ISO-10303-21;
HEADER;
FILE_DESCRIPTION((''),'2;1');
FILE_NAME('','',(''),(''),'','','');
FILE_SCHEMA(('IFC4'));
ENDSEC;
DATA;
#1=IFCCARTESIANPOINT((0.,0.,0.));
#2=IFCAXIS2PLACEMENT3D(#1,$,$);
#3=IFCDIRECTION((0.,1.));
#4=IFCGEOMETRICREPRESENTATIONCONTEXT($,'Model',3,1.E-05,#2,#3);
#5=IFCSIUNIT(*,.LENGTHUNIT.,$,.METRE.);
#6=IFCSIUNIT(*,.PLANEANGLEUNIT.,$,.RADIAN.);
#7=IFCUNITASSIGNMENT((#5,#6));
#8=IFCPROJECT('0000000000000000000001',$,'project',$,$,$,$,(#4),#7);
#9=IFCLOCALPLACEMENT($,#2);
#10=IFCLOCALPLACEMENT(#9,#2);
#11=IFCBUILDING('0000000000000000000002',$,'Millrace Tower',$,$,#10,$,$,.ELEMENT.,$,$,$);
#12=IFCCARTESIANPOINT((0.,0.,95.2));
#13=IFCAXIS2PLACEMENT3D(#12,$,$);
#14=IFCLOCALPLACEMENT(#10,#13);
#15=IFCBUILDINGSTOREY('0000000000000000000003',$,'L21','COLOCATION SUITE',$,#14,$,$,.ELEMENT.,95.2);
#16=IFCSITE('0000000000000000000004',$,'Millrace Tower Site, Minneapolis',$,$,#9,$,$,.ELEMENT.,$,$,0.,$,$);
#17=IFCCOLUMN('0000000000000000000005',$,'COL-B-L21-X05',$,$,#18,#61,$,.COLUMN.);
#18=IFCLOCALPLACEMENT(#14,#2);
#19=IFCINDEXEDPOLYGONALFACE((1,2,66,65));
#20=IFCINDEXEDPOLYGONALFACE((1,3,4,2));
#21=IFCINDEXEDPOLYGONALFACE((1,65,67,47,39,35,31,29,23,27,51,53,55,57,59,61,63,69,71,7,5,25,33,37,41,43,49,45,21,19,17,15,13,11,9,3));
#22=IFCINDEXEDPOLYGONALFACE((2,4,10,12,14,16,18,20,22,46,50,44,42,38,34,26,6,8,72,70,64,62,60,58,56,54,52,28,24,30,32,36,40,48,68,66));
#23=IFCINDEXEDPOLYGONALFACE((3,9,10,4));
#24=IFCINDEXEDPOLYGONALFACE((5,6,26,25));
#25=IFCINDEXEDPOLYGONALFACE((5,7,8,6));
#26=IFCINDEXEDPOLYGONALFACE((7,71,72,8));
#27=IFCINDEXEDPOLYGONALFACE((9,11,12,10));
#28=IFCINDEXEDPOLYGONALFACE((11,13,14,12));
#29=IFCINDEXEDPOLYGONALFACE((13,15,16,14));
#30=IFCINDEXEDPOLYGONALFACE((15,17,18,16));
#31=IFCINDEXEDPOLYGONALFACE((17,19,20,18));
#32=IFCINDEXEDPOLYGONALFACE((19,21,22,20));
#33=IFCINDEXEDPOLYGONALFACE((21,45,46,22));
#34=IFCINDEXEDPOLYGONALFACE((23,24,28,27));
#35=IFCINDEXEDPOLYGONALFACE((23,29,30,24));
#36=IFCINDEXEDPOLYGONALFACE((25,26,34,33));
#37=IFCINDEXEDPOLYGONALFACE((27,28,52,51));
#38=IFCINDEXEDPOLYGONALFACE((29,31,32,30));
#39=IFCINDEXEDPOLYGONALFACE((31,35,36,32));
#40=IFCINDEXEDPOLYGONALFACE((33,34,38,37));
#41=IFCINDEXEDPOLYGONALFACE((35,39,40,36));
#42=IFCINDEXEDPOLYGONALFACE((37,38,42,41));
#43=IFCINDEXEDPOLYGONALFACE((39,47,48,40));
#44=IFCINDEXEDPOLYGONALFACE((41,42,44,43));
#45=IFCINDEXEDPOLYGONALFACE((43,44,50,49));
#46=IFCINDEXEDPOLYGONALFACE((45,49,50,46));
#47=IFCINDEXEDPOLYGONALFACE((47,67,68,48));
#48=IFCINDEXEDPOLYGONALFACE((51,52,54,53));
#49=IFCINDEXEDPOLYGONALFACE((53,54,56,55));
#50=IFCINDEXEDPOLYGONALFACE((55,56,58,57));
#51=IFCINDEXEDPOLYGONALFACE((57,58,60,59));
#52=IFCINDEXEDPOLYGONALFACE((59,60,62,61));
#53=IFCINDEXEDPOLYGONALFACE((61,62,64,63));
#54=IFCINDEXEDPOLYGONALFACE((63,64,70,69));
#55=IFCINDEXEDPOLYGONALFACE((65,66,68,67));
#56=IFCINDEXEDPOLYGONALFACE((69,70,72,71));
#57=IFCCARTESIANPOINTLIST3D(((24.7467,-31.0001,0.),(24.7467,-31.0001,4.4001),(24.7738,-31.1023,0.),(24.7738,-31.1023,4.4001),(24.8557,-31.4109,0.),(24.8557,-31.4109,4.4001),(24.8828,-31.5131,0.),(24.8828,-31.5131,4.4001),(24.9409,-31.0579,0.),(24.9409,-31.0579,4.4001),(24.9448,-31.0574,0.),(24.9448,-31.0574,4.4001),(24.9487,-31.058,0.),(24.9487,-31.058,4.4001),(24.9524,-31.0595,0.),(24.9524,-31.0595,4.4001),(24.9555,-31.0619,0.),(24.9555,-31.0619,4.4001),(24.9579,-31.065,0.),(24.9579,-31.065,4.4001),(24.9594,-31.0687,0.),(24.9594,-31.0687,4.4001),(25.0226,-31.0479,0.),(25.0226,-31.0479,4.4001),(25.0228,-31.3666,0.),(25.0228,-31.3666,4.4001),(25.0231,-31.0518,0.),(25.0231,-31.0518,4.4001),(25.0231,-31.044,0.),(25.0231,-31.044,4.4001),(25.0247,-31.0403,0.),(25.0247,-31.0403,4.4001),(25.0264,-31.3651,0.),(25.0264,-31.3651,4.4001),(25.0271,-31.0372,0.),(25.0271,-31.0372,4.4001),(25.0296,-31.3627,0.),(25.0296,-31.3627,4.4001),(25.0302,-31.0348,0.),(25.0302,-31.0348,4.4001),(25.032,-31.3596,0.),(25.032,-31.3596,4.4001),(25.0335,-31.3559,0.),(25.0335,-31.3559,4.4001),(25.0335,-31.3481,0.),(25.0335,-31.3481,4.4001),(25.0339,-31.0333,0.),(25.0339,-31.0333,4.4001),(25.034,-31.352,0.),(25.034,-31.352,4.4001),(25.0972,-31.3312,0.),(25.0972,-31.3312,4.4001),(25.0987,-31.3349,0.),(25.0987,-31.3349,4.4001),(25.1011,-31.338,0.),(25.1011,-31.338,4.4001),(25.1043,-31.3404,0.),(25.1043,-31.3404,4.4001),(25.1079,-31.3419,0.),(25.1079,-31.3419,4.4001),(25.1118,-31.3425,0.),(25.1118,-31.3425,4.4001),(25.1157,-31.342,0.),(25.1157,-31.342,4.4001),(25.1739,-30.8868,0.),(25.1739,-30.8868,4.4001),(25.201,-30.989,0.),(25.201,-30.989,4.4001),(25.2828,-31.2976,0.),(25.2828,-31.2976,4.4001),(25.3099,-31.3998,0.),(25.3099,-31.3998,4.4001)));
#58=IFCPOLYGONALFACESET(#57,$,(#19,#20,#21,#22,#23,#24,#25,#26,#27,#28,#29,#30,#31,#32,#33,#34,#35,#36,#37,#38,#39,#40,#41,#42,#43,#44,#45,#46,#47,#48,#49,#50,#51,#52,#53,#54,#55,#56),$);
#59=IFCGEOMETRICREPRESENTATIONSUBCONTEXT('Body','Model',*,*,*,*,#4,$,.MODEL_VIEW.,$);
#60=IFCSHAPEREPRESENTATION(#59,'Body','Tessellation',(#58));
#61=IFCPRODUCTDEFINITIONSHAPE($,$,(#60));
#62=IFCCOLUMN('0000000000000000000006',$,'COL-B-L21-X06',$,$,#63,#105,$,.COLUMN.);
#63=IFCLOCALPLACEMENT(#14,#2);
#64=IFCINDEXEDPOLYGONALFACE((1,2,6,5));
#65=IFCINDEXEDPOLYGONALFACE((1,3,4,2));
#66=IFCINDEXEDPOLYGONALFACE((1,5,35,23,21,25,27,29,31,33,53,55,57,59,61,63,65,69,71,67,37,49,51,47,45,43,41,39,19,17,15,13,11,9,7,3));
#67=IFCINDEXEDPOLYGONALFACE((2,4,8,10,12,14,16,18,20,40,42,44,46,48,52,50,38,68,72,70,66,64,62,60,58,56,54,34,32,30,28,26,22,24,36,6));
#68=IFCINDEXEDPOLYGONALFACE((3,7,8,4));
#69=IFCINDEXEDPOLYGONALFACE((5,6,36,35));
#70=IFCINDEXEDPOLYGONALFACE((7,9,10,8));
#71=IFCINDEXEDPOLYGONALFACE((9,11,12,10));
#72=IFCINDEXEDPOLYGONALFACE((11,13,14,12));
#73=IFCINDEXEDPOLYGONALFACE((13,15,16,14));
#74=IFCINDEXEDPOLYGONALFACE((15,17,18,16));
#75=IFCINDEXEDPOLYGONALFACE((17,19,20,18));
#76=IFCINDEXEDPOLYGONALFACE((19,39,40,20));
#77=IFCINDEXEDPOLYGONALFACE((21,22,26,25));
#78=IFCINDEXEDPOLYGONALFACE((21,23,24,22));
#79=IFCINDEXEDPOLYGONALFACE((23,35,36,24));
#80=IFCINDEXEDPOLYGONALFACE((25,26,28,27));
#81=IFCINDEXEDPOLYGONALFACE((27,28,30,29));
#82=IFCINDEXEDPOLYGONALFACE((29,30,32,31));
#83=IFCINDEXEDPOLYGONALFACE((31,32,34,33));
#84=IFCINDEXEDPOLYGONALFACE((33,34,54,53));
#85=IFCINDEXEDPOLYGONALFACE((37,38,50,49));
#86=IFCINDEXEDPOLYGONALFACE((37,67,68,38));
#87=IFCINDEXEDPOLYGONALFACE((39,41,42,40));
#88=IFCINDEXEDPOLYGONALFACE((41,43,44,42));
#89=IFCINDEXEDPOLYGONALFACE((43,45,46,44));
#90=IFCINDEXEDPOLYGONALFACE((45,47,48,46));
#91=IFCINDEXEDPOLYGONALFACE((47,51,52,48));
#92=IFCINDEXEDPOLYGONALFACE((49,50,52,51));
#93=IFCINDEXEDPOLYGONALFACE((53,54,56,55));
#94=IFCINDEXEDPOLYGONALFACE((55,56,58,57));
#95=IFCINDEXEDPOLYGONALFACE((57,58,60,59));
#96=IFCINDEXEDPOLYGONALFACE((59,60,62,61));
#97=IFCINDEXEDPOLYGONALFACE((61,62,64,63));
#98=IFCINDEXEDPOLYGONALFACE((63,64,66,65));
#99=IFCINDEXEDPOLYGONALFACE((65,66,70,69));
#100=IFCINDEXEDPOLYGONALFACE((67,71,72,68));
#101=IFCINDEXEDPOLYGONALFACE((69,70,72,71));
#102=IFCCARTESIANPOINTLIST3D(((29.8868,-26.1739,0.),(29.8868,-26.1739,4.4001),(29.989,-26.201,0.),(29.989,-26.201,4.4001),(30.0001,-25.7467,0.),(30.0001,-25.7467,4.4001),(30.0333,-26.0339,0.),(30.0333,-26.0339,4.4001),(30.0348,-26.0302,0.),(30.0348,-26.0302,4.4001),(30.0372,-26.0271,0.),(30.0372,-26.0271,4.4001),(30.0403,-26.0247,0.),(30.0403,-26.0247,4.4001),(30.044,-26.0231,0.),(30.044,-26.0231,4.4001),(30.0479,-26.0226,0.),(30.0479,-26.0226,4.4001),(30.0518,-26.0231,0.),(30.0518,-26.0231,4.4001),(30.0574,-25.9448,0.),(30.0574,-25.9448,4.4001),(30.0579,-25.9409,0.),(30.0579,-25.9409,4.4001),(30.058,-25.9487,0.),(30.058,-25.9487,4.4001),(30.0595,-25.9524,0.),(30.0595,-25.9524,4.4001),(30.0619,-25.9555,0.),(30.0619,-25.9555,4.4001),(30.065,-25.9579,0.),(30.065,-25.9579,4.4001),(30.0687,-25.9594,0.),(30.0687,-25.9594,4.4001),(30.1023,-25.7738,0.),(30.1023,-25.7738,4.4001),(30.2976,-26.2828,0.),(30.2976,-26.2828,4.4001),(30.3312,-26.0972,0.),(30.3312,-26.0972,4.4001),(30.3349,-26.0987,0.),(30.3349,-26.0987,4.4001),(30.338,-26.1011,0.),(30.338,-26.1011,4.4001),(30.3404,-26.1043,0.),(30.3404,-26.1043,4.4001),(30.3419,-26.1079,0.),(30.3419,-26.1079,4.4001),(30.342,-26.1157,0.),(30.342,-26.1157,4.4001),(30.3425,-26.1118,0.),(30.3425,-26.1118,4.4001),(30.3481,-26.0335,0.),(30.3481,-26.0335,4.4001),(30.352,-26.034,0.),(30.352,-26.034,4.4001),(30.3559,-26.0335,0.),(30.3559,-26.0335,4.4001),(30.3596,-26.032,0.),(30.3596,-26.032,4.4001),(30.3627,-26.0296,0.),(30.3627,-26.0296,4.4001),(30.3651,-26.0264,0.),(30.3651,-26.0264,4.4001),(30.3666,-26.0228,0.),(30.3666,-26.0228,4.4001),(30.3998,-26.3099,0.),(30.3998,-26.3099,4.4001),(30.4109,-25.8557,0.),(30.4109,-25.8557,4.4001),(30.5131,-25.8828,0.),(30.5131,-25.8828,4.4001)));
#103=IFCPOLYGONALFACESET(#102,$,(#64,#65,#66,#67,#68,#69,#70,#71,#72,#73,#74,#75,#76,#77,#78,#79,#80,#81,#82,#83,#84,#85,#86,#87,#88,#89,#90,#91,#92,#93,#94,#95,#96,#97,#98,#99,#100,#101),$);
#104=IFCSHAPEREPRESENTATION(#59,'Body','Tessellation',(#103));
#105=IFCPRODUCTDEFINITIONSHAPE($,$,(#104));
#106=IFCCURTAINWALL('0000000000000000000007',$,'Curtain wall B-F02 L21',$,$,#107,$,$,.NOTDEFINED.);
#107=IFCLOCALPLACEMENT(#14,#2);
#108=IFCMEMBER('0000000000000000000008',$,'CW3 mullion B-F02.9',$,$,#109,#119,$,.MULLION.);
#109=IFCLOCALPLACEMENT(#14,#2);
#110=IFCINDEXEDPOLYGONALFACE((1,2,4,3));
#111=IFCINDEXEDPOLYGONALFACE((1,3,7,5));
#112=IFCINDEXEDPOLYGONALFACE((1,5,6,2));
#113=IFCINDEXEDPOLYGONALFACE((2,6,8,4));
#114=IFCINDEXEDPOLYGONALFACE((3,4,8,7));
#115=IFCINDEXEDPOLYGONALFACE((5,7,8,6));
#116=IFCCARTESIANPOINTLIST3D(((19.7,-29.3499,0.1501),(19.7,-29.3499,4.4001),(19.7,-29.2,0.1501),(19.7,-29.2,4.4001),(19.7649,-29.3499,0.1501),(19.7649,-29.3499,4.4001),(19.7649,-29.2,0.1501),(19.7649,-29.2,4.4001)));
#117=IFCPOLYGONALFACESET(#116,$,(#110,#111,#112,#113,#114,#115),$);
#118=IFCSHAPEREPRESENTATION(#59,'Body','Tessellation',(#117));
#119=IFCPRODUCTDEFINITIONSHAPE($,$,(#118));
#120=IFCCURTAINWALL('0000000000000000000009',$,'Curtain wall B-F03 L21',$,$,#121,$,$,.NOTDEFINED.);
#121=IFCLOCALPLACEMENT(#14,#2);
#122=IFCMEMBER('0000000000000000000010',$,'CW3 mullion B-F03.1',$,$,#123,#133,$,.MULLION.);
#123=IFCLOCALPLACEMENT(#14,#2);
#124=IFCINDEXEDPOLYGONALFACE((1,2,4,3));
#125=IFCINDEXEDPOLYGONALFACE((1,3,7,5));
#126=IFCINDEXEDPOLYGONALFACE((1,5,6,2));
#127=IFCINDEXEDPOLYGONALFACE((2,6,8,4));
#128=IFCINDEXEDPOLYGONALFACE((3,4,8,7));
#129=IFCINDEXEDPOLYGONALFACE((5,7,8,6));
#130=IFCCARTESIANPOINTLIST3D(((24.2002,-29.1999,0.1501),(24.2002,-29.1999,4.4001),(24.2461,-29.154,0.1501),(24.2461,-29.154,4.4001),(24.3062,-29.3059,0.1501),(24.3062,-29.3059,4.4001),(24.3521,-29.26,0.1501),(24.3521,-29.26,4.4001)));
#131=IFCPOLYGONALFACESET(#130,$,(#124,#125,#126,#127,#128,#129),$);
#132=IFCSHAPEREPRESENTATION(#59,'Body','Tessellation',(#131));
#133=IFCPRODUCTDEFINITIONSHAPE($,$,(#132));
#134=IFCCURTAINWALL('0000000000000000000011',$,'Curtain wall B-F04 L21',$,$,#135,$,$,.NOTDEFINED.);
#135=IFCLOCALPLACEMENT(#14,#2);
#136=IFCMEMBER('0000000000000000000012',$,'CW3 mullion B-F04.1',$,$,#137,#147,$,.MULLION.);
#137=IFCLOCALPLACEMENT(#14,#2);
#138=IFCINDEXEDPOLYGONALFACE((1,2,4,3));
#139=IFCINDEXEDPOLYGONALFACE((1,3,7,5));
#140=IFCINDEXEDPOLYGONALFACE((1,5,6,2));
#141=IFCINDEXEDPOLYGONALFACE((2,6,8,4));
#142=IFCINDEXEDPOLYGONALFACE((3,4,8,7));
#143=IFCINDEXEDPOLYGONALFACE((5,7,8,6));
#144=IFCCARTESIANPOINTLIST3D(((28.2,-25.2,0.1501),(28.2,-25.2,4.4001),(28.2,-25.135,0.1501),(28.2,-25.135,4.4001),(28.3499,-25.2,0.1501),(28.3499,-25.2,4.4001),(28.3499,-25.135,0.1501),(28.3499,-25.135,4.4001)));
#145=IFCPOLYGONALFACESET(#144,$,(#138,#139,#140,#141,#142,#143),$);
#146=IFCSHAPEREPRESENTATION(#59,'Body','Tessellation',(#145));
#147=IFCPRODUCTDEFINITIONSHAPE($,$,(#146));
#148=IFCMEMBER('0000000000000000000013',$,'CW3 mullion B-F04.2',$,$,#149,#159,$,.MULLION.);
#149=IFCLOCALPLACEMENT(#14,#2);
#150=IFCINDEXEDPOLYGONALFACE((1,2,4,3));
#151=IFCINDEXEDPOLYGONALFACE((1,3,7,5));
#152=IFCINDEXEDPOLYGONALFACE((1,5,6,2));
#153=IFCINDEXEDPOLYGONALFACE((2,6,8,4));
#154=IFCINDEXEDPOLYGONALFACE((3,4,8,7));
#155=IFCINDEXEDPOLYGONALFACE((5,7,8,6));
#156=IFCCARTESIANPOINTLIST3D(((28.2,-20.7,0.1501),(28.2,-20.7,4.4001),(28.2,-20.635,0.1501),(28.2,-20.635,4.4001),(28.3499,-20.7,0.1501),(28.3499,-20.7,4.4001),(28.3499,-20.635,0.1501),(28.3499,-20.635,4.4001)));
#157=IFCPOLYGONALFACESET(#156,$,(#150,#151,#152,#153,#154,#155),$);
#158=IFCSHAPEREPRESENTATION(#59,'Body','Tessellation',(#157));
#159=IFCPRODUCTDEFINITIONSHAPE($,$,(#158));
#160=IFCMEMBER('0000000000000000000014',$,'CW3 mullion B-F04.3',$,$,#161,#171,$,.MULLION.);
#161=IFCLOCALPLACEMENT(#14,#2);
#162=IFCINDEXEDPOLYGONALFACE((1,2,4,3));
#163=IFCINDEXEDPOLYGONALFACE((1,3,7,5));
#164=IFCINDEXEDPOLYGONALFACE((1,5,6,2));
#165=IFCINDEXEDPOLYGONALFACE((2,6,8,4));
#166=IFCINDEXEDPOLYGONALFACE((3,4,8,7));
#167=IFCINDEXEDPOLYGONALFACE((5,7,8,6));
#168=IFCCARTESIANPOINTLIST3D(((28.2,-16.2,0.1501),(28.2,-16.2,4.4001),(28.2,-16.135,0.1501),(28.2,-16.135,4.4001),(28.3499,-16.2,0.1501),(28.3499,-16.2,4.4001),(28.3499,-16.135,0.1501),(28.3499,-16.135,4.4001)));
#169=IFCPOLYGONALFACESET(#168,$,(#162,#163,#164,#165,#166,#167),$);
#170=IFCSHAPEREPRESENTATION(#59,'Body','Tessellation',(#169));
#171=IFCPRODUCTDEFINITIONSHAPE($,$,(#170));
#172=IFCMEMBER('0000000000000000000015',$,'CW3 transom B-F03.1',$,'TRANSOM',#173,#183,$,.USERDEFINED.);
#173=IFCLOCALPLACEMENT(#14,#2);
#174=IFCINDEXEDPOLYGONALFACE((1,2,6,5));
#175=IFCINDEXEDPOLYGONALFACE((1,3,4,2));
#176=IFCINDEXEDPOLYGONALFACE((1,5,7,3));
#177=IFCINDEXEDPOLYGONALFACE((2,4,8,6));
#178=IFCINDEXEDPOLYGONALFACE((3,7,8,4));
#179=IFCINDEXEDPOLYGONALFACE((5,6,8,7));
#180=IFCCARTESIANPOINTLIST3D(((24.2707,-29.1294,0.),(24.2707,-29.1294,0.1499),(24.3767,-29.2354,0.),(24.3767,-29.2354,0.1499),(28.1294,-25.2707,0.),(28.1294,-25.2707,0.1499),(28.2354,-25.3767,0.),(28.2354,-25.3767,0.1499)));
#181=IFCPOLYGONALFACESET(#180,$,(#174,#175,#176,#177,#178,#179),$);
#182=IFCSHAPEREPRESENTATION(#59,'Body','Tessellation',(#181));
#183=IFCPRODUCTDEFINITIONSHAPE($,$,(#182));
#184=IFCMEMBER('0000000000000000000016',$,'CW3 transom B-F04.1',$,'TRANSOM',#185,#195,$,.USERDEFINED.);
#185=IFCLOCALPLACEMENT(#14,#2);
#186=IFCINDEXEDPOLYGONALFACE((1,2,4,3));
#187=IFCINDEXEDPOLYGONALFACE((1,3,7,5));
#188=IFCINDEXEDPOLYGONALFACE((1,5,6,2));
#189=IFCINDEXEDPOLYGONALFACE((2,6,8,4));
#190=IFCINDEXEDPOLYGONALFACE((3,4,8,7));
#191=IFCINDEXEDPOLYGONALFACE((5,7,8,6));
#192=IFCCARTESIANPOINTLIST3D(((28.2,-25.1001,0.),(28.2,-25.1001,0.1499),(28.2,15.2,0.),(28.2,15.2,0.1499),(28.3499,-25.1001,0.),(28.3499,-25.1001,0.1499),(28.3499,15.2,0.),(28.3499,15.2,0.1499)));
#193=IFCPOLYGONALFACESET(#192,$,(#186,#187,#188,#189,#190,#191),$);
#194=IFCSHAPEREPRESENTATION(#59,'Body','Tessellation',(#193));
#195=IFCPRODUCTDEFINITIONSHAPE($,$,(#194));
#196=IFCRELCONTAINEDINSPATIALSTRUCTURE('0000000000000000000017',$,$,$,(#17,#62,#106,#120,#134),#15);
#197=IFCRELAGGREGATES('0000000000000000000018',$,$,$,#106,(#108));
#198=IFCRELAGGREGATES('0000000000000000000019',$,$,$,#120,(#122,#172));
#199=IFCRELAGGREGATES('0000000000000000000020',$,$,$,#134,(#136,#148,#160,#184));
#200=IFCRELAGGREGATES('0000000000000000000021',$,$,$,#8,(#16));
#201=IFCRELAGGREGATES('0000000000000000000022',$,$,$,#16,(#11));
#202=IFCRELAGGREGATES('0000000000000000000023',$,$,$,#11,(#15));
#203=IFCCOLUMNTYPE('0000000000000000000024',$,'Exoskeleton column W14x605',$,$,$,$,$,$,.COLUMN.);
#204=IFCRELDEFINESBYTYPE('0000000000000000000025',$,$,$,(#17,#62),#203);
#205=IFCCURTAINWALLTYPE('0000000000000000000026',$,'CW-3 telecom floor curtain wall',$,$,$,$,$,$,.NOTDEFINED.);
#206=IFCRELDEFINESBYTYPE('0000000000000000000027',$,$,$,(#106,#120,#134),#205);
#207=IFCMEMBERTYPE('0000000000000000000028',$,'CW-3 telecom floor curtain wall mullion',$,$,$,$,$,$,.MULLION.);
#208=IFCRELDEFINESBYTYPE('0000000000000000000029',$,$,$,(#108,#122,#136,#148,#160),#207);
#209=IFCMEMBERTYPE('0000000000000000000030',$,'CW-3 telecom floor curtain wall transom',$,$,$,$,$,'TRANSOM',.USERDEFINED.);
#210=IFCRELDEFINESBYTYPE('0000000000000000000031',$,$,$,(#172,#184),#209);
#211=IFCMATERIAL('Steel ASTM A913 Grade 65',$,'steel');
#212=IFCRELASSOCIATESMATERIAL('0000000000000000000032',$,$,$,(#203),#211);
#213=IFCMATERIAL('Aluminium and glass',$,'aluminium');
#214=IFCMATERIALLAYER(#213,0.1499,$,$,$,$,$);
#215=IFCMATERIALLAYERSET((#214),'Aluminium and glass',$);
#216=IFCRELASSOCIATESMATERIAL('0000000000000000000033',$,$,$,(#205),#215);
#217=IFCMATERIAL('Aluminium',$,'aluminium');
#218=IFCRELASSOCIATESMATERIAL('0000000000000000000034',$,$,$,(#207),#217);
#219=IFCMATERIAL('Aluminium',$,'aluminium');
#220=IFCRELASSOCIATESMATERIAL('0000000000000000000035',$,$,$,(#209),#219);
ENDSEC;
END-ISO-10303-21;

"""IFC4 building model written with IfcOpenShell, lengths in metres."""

from ifc_helpers import new_model, si_unit, direction, frame, origin, origin_2d, place, context, subcontext, project, spatial, rectangle, i_section, extrude, material, layer, layer_set, material_profile, profile_set, type_object, element, aggregate, save


model = new_model("IFC4")

# Units and contexts
model_context = context("Model", 3, precision=1e-05, world=origin(), true_north=direction((0.0, 1.0)))
body_context = subcontext(model_context, "Body", "Model", "MODEL_VIEW")
ifc_project = project(units=[si_unit("LENGTHUNIT", "METRE"), si_unit("PLANEANGLEUNIT", "RADIAN")], contexts=[model_context])

# Site, building, storey
site_placement = place(None, origin())
site = spatial("IfcSite", under=ifc_project, at=site_placement, Name="Millrace Tower Site, Minneapolis", CompositionType="ELEMENT", RefElevation=0.0)
building_placement = place(site_placement, origin())
building = spatial("IfcBuilding", under=site, at=building_placement, Name="Millrace Tower", CompositionType="ELEMENT")
storey_placement = place(building_placement, frame((0.0, 0.0, 95.2)))
storey = spatial("IfcBuildingStorey", under=building, at=storey_placement, Name="L21", Description="COLOCATION SUITE", CompositionType="ELEMENT", Elevation=95.2)

# Columns
ifc_material_1 = material(Name="Steel ASTM A913 Grade 65", Category="steel")
ifc_material_profile_1 = material_profile(ifc_material_1, i_section(OverallWidth=0.4419, OverallDepth=0.5308, WebThickness=0.0659, FlangeThickness=0.1057, FilletRadius=0.0151, at=origin_2d()))
ifc_profile_set_1 = profile_set([ifc_material_profile_1], Name="Steel ASTM A913 Grade 65")
column_type = type_object("IfcColumnType", Name="Exoskeleton column W14x605", PredefinedType="COLUMN", material=ifc_profile_set_1)
for number, where, z_axis, x_axis, name in (
    (1, (25.0283, -31.2, 0.0), (0.0, 0.0, 1.0), (0.966585, 0.256347, 0.0), "COL-B-L21-X05"),
    (2, (30.2, -26.0283, 0.0), (0.0, 0.0, 1.0), (0.256347, 0.966585, 0.0), "COL-B-L21-X06"),
):
    element("IfcColumn", number, at=place(storey_placement, frame(where, z_axis=z_axis, x_axis=x_axis)), inside=storey, type_object=column_type, Name=name, PredefinedType="COLUMN", context=body_context, shape_type="SweptSolid", body=[
        extrude(i_section(OverallWidth=0.4419, OverallDepth=0.5308, WebThickness=0.0659, FlangeThickness=0.1057, FilletRadius=0.0151, at=origin_2d()), origin(), (0.0, 0.0, 1.0), 4.4001),
    ])

# Curtain walls, members
ifc_material_2 = material(Name="Aluminium and glass", Category="aluminium")
ifc_layer_1 = layer(ifc_material_2, 0.1499)
ifc_layer_set_1 = layer_set([ifc_layer_1], Name="Aluminium and glass")
curtain_wall_type = type_object("IfcCurtainWallType", Name="CW-3 telecom floor curtain wall", PredefinedType="NOTDEFINED", material=ifc_layer_set_1)
placement = place(storey_placement, origin())
curtain_wall_1 = element("IfcCurtainWall", 3, at=placement, inside=storey, type_object=curtain_wall_type, Name="Curtain wall B-F02 L21", PredefinedType="NOTDEFINED")
ifc_material_3 = material(Name="Aluminium", Category="aluminium")
ifc_material_profile_2 = material_profile(ifc_material_3, rectangle(XDim=0.0649, YDim=0.1499, at=origin_2d()))
ifc_profile_set_2 = profile_set([ifc_material_profile_2], Name="Aluminium")
member_type_1 = type_object("IfcMemberType", Name="CW-3 telecom floor curtain wall mullion", PredefinedType="MULLION", material=ifc_profile_set_2)
member_1_placement = place(storey_placement, frame((19.7324, -29.2749, 0.1501), z_axis=(0.0, 0.0, 1.0), x_axis=(1.0, 0.0, 0.0)))
member_1 = element("IfcMember", 4, at=member_1_placement, type_object=member_type_1, Name="CW3 mullion B-F02.9", PredefinedType="MULLION", context=body_context, shape_type="SweptSolid", body=[
    extrude(rectangle(XDim=0.0649, YDim=0.1499, at=origin_2d()), origin(), (0.0, 0.0, 1.0), 4.25),
])
aggregate(curtain_wall_1, [member_1])
curtain_wall_2 = element("IfcCurtainWall", 5, at=placement, inside=storey, type_object=curtain_wall_type, Name="Curtain wall B-F03 L21", PredefinedType="NOTDEFINED")
member_2_placement = place(storey_placement, frame((24.2761, -29.23, 0.1501), z_axis=(0.0, 0.0, 1.0), x_axis=(0.707107, 0.707107, 0.0)))
member_2 = element("IfcMember", 6, at=member_2_placement, type_object=member_type_1, Name="CW3 mullion B-F03.1", PredefinedType="MULLION", context=body_context, shape_type="SweptSolid", body=[
    extrude(rectangle(XDim=0.0649, YDim=0.1499, at=origin_2d()), origin(), (0.0, 0.0, 1.0), 4.25),
])

# Curtain wall, members
curtain_wall_3 = element("IfcCurtainWall", 7, at=placement, inside=storey, type_object=curtain_wall_type, Name="Curtain wall B-F04 L21", PredefinedType="NOTDEFINED")
member_3_placement = place(storey_placement, frame((28.2749, -25.1675, 0.1501), z_axis=(0.0, 0.0, 1.0), x_axis=(0.0, 1.0, 0.0)))
member_3 = element("IfcMember", 8, at=member_3_placement, type_object=member_type_1, Name="CW3 mullion B-F04.1", PredefinedType="MULLION", context=body_context, shape_type="SweptSolid", body=[
    extrude(rectangle(XDim=0.0649, YDim=0.1499, at=origin_2d()), origin(), (0.0, 0.0, 1.0), 4.25),
])
member_4_placement = place(storey_placement, frame((28.2749, -20.6675, 0.1501), z_axis=(0.0, 0.0, 1.0), x_axis=(0.0, 1.0, 0.0)))
member_4 = element("IfcMember", 9, at=member_4_placement, type_object=member_type_1, Name="CW3 mullion B-F04.2", PredefinedType="MULLION", context=body_context, shape_type="SweptSolid", body=[
    extrude(rectangle(XDim=0.0649, YDim=0.1499, at=origin_2d()), origin(), (0.0, 0.0, 1.0), 4.25),
])
member_5_placement = place(storey_placement, frame((28.2749, -16.1675, 0.1501), z_axis=(0.0, 0.0, 1.0), x_axis=(0.0, 1.0, 0.0)))
member_5 = element("IfcMember", 10, at=member_5_placement, type_object=member_type_1, Name="CW3 mullion B-F04.3", PredefinedType="MULLION", context=body_context, shape_type="SweptSolid", body=[
    extrude(rectangle(XDim=0.0649, YDim=0.1499, at=origin_2d()), origin(), (0.0, 0.0, 1.0), 4.25),
])

# Members
ifc_material_4 = material(Name="Aluminium", Category="aluminium")
ifc_material_profile_3 = material_profile(ifc_material_4, rectangle(XDim=0.1499, YDim=0.1499, at=origin_2d()))
ifc_profile_set_3 = profile_set([ifc_material_profile_3], Name="Aluminium")
member_type_2 = type_object("IfcMemberType", Name="CW-3 telecom floor curtain wall transom", ElementType="TRANSOM", PredefinedType="USERDEFINED", material=ifc_profile_set_3)
member_6_placement = place(storey_placement, frame((24.3237, -29.1824, 0.075), z_axis=(0.707107, 0.707107, 0.0), x_axis=(-0.707107, 0.707107, 0.0)))
member_6 = element("IfcMember", 11, at=member_6_placement, type_object=member_type_2, Name="CW3 transom B-F03.1", ObjectType="TRANSOM", PredefinedType="USERDEFINED", context=body_context, shape_type="SweptSolid", body=[
    extrude(rectangle(XDim=0.1499, YDim=0.1499, at=origin_2d()), origin(), (0.0, 0.0, 1.0), 5.457),
])
aggregate(curtain_wall_2, [member_2, member_6])
member_7_placement = place(storey_placement, frame((28.2749, -25.1001, 0.075), z_axis=(0.0, 1.0, 0.0), x_axis=(-1.0, 0.0, 0.0)))
member_7 = element("IfcMember", 12, at=member_7_placement, type_object=member_type_2, Name="CW3 transom B-F04.1", ObjectType="TRANSOM", PredefinedType="USERDEFINED", context=body_context, shape_type="SweptSolid", body=[
    extrude(rectangle(XDim=0.1499, YDim=0.1499, at=origin_2d()), origin(), (0.0, 0.0, 1.0), 40.3),
])
aggregate(curtain_wall_3, [member_3, member_4, member_5, member_7])

save(model, "model.ifc")
